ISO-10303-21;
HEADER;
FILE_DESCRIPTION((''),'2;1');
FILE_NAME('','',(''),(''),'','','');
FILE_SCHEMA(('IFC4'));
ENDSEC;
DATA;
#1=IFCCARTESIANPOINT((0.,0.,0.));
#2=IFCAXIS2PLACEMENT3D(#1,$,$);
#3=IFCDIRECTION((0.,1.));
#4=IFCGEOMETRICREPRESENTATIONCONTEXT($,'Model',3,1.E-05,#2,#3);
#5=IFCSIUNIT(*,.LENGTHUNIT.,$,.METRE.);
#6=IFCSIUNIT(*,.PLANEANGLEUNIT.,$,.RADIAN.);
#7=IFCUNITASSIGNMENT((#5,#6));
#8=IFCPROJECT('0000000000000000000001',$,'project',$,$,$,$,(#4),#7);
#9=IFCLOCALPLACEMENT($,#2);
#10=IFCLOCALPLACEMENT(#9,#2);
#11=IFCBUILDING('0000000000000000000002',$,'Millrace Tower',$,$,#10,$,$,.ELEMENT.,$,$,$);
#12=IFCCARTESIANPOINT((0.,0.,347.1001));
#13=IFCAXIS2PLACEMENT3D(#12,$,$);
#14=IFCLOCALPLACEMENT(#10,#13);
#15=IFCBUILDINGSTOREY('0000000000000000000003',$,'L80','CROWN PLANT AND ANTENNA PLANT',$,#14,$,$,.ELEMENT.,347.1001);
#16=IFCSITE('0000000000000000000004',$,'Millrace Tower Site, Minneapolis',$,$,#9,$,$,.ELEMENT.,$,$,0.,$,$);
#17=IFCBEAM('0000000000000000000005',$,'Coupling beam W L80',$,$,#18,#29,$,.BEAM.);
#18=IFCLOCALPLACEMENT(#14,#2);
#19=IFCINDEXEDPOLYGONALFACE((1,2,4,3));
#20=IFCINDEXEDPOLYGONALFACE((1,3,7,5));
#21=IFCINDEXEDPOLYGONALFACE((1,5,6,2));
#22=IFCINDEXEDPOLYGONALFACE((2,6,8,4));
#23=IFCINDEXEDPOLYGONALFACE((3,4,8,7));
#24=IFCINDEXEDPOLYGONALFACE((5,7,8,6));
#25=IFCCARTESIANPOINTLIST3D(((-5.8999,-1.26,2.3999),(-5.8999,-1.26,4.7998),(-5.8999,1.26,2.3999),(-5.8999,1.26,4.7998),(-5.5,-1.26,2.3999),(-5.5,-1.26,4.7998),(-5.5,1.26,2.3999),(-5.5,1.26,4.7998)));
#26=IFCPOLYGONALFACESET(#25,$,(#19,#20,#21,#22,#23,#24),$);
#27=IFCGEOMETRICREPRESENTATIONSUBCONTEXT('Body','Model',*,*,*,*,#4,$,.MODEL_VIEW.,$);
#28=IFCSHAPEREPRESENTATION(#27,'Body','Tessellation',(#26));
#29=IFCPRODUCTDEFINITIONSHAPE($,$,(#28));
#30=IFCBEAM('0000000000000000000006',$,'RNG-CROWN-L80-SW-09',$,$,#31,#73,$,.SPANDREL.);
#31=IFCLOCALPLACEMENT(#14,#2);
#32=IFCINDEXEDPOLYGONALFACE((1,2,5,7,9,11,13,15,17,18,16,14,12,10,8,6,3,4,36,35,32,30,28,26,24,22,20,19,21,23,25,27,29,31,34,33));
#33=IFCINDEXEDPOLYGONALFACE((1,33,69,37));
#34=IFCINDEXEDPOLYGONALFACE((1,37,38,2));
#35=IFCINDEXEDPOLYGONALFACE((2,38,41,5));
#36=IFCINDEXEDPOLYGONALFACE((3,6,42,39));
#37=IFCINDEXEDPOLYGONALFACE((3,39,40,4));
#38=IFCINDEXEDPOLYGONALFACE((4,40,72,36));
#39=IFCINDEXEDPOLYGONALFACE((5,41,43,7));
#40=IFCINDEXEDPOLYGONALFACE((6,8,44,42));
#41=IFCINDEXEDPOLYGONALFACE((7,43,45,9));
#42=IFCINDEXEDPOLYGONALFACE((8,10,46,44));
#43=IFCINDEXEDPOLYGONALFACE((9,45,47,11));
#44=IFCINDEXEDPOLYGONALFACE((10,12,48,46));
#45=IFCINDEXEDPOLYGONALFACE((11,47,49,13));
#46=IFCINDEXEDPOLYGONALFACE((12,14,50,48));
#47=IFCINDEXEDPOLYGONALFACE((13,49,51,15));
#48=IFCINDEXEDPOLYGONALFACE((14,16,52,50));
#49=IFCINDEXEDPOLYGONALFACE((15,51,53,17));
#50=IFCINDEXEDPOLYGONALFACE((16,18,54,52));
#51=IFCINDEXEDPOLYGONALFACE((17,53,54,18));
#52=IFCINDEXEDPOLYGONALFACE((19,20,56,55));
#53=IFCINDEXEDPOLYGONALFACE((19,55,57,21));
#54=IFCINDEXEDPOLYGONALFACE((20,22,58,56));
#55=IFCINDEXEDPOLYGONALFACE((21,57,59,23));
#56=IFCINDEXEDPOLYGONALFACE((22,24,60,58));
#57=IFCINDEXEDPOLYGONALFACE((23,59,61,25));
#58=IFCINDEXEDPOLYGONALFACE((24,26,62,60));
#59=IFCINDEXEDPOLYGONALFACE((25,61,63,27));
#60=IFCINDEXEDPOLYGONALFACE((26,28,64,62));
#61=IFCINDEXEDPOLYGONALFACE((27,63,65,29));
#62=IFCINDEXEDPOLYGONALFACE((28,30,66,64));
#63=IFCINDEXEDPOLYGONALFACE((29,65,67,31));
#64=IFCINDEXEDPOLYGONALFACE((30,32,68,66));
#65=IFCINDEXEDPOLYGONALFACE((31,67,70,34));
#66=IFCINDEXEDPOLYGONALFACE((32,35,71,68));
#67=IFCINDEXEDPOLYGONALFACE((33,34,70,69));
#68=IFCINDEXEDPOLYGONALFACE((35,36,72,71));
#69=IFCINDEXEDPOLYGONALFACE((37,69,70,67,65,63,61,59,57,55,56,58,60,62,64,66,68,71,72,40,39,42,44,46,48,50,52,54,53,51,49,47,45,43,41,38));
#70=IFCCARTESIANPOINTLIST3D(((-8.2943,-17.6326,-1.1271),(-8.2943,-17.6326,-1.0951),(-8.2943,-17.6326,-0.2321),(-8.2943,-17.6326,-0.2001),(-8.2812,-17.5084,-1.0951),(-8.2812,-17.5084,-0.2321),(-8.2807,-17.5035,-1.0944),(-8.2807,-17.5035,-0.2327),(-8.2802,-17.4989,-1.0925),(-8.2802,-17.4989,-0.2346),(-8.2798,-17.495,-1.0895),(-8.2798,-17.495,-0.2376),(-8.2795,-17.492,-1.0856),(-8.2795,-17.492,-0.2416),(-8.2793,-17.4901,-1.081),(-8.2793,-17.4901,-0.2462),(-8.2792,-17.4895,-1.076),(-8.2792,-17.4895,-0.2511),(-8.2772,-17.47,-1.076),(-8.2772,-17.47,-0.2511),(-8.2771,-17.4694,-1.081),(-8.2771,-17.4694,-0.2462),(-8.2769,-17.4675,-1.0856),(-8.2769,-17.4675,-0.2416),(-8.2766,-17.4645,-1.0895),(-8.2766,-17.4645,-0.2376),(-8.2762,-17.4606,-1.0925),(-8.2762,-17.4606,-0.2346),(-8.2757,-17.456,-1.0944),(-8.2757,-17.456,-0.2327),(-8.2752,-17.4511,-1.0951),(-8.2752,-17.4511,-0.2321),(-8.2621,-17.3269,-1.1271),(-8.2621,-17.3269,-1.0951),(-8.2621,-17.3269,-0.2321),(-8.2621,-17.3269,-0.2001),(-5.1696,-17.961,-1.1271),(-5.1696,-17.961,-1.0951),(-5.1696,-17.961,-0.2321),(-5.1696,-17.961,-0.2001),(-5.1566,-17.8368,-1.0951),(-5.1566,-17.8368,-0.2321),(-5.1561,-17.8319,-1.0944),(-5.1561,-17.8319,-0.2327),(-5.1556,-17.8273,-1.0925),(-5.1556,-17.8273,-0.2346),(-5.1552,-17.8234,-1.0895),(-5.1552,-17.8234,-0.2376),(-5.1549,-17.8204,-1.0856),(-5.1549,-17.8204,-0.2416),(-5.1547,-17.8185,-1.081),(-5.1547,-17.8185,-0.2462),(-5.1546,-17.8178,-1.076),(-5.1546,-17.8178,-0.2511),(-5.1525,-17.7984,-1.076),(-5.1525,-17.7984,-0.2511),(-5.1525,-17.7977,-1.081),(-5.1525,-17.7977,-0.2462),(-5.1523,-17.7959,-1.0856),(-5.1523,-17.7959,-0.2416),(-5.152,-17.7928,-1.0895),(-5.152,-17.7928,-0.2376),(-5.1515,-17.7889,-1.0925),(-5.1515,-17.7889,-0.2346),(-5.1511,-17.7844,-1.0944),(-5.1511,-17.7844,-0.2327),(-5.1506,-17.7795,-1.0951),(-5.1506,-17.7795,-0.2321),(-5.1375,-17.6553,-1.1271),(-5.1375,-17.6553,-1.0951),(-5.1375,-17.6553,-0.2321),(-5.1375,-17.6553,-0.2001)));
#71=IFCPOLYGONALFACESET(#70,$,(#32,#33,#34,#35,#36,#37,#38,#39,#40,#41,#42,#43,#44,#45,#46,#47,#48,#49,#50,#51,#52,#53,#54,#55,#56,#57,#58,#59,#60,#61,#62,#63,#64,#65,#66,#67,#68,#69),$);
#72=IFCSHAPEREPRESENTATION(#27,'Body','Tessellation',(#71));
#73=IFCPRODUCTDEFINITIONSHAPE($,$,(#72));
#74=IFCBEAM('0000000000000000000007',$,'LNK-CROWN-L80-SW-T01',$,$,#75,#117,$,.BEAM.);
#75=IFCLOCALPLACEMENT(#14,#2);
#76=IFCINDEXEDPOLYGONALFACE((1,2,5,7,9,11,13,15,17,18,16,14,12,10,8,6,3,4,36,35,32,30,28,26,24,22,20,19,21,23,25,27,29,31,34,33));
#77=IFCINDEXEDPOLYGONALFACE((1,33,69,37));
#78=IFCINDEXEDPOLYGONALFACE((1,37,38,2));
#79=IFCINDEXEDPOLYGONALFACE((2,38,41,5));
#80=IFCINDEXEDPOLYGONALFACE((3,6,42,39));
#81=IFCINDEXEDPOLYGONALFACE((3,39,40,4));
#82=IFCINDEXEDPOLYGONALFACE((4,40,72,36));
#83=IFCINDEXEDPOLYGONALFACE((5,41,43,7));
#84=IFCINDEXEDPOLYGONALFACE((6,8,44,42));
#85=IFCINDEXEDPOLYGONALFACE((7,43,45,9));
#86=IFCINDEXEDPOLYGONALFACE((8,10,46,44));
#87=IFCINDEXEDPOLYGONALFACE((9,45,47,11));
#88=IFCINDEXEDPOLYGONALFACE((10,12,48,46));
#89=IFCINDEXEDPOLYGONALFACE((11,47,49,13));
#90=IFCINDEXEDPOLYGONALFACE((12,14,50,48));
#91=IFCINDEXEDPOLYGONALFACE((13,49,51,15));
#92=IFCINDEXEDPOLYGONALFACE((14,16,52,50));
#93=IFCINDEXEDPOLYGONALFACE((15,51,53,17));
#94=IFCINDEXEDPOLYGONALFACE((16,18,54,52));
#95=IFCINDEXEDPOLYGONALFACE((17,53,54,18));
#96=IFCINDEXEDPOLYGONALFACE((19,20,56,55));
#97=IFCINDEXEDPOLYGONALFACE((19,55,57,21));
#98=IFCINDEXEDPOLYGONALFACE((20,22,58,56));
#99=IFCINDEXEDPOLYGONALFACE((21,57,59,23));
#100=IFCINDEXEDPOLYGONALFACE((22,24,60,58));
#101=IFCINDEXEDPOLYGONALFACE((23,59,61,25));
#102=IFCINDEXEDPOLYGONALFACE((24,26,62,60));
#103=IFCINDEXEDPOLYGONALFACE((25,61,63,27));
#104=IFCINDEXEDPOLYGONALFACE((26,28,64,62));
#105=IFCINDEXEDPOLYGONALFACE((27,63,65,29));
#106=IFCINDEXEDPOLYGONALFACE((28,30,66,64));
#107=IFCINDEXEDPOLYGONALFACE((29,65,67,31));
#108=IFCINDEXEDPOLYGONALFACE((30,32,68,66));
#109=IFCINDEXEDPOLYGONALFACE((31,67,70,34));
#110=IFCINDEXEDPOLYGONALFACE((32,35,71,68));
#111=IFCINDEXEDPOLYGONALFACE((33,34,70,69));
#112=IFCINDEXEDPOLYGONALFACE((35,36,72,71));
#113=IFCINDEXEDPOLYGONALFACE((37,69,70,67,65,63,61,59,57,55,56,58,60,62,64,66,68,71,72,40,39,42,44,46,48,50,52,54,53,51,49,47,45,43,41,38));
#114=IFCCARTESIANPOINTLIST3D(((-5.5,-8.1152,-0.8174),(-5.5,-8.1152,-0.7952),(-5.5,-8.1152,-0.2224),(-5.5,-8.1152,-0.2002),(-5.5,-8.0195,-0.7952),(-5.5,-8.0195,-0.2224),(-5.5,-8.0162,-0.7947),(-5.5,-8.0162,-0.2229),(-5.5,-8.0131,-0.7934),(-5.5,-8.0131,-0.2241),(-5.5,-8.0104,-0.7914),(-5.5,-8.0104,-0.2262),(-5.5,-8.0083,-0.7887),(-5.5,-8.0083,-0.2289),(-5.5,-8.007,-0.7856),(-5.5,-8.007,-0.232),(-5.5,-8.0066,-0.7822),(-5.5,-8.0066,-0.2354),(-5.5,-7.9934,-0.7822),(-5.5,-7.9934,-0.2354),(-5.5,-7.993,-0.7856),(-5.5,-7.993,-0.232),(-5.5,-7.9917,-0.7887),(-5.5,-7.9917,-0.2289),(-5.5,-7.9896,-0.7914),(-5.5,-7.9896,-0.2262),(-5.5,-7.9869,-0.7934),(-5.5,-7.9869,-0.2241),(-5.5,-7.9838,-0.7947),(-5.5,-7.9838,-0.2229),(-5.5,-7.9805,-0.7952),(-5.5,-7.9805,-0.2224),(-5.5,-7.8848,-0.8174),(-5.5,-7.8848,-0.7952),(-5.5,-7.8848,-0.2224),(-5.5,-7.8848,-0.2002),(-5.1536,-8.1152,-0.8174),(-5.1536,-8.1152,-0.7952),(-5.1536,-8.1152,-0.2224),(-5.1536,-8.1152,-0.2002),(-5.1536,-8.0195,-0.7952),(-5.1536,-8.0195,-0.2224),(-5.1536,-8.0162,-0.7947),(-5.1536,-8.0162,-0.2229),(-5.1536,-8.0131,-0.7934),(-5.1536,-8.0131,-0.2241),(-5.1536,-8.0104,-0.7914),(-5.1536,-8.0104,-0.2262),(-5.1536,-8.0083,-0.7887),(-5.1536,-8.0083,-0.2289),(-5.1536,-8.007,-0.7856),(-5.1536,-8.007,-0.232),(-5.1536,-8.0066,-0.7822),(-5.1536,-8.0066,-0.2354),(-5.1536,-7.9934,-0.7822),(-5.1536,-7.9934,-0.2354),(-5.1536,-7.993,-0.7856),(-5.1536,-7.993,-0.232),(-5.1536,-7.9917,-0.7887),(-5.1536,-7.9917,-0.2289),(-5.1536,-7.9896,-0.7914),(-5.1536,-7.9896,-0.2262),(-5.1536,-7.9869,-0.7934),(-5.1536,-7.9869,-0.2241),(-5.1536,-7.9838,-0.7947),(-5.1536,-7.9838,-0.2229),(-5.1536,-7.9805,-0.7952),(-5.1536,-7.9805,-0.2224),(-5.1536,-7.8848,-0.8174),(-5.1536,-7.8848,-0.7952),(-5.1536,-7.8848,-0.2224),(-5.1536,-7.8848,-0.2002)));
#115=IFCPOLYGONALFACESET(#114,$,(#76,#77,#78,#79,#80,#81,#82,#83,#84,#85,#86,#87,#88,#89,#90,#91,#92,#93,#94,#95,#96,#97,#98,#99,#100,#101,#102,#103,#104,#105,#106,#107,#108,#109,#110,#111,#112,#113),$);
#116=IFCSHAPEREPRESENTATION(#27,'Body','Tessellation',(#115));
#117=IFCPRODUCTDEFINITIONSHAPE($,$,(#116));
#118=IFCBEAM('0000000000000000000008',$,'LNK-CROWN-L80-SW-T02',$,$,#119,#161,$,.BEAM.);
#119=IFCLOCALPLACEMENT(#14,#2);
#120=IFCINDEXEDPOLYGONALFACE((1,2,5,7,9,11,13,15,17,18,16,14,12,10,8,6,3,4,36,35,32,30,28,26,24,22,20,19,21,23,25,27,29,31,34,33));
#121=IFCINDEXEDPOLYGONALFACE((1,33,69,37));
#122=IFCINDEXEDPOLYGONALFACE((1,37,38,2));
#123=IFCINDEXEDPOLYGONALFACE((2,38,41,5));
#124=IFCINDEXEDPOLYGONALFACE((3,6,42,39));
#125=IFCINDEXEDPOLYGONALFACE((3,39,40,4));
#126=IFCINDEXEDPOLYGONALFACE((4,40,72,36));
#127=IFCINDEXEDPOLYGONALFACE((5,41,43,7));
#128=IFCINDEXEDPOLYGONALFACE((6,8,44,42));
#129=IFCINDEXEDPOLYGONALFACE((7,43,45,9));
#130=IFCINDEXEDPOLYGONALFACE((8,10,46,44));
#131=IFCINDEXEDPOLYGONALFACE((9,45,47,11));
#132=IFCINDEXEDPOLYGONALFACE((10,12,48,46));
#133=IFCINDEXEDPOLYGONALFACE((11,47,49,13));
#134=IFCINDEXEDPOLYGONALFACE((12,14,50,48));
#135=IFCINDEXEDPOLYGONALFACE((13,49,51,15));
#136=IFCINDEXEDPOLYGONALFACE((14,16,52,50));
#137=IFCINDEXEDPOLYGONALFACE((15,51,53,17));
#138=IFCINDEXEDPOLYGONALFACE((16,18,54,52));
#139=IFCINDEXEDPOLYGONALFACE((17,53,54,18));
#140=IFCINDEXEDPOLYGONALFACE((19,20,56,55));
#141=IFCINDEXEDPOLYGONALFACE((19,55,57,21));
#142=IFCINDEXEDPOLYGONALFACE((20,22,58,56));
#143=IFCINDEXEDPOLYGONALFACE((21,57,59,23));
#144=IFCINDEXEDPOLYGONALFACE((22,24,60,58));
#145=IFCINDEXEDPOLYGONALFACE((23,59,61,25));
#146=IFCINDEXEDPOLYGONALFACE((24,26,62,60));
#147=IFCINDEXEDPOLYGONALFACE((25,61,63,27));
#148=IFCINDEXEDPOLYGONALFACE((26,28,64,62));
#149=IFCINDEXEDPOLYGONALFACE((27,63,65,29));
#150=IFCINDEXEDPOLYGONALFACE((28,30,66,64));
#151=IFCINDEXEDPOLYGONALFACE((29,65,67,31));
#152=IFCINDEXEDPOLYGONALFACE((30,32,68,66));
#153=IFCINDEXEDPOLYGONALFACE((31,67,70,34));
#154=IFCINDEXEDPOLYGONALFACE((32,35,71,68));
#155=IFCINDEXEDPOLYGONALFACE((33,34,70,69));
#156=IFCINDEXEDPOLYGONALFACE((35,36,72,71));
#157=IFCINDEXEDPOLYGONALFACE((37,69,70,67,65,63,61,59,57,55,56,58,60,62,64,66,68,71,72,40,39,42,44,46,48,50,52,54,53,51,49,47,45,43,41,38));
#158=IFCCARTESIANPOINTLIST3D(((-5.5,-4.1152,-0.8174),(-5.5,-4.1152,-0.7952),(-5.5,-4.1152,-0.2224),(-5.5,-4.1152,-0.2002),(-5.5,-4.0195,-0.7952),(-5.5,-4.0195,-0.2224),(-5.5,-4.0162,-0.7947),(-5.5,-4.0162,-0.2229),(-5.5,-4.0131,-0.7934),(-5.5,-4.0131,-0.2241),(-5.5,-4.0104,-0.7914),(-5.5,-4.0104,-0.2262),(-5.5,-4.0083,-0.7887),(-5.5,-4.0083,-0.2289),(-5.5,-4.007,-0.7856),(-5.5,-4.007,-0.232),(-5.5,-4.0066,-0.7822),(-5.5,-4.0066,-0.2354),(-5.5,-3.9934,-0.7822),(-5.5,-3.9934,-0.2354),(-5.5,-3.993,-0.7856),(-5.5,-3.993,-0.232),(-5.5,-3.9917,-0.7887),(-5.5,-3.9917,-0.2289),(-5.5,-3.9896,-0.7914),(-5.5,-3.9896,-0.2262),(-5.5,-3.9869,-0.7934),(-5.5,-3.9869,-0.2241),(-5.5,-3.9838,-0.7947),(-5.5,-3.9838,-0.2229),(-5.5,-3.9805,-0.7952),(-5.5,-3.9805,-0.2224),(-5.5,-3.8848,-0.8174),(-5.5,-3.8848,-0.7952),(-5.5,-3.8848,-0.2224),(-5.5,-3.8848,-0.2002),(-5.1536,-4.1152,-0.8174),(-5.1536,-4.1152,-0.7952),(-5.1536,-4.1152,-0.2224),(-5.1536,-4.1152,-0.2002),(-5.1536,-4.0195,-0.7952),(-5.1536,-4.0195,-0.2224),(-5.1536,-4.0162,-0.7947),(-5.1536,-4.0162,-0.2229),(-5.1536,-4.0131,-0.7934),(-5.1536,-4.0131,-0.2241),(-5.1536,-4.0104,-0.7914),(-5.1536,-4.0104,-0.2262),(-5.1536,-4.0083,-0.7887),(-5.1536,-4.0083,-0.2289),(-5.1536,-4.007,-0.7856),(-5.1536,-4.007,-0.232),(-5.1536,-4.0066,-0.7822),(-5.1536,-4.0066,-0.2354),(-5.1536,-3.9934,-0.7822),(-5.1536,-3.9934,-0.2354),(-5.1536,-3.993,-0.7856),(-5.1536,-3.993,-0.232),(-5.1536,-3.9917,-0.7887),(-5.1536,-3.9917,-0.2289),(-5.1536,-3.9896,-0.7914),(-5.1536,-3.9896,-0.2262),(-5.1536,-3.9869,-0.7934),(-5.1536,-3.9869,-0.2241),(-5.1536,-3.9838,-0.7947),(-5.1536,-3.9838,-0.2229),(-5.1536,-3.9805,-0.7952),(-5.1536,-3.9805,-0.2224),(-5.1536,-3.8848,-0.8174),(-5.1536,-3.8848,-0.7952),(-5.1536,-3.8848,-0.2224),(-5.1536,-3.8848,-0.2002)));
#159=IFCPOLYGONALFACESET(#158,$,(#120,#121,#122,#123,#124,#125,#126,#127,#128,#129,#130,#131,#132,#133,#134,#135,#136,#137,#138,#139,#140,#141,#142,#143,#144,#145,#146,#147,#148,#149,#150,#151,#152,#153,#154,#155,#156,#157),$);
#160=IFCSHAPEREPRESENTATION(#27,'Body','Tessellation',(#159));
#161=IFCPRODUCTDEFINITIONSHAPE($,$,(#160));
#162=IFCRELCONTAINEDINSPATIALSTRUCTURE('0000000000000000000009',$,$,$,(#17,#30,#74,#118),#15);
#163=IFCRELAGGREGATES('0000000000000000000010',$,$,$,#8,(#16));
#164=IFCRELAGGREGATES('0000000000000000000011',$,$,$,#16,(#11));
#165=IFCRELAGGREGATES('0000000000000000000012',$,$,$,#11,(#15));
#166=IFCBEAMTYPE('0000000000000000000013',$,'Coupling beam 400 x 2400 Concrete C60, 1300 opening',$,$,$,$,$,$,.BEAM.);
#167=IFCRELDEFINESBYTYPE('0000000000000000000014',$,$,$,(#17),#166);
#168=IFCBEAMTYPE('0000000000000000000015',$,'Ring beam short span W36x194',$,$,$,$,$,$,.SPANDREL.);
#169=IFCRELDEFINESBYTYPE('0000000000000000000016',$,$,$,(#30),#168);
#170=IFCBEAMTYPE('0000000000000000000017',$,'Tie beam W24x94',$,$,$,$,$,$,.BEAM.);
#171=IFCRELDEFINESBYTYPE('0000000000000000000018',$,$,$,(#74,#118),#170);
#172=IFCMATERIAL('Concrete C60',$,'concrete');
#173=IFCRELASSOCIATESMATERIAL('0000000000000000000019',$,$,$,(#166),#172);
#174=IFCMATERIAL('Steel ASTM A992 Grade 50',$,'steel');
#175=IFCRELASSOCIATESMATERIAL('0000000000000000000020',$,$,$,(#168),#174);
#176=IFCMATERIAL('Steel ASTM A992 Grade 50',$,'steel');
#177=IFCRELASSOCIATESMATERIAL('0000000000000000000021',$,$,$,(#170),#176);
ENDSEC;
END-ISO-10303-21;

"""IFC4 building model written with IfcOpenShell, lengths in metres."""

from ifc_helpers import new_model, si_unit, direction, frame, origin, origin_2d, place, context, subcontext, project, spatial, rectangle, i_section, extrude, material, material_profile, profile_set, type_object, element, save


model = new_model("IFC4")

# Units and contexts
model_context = context("Model", 3, precision=1e-05, world=origin(), true_north=direction((0.0, 1.0)))
body_context = subcontext(model_context, "Body", "Model", "MODEL_VIEW")
ifc_project = project(units=[si_unit("LENGTHUNIT", "METRE"), si_unit("PLANEANGLEUNIT", "RADIAN")], contexts=[model_context])

# Site, building, storey
site_placement = place(None, origin())
site = spatial("IfcSite", under=ifc_project, at=site_placement, Name="Millrace Tower Site, Minneapolis", CompositionType="ELEMENT", RefElevation=0.0)
building_placement = place(site_placement, origin())
building = spatial("IfcBuilding", under=site, at=building_placement, Name="Millrace Tower", CompositionType="ELEMENT")
storey_placement = place(building_placement, frame((0.0, 0.0, 347.1001)))
storey = spatial("IfcBuildingStorey", under=building, at=storey_placement, Name="L80", Description="CROWN PLANT AND ANTENNA PLANT", CompositionType="ELEMENT", Elevation=347.1001)

# Beams
ifc_material_1 = material(Name="Concrete C60", Category="concrete")
ifc_material_profile_1 = material_profile(ifc_material_1, rectangle(XDim=0.3999, YDim=2.3999, at=origin_2d()))
ifc_profile_set_1 = profile_set([ifc_material_profile_1], Name="Concrete C60")
beam_type_1 = type_object("IfcBeamType", Name="Coupling beam 400 x 2400 Concrete C60, 1300 opening", PredefinedType="BEAM", material=ifc_profile_set_1)
beam_1_placement = place(storey_placement, frame((-5.7, -1.26, 3.5999), z_axis=(0.0, 1.0, 0.0), x_axis=(-1.0, 0.0, 0.0)))
element("IfcBeam", 1, at=beam_1_placement, inside=storey, type_object=beam_type_1, Name="Coupling beam W L80", PredefinedType="BEAM", context=body_context, shape_type="SweptSolid", body=[
    extrude(rectangle(XDim=0.3999, YDim=2.3999, at=origin_2d()), origin(), (0.0, 0.0, 1.0), 2.52),
])
ifc_material_2 = material(Name="Steel ASTM A992 Grade 50", Category="steel")
ifc_material_profile_2 = material_profile(ifc_material_2, i_section(OverallWidth=0.3074, OverallDepth=0.927, WebThickness=0.0195, FlangeThickness=0.032, FilletRadius=0.019, at=origin_2d()))
ifc_profile_set_2 = profile_set([ifc_material_profile_2], Name="Steel ASTM A992 Grade 50")
beam_type_2 = type_object("IfcBeamType", Name="Ring beam short span W36x194", PredefinedType="SPANDREL", material=ifc_profile_set_2)
beam_2_placement = place(storey_placement, frame((-5.1536, -17.8081, -0.6636), z_axis=(-0.994524, 0.104511, 0.0), x_axis=(-0.104511, -0.994524, 0.0)))
element("IfcBeam", 2, at=beam_2_placement, inside=storey, type_object=beam_type_2, Name="RNG-CROWN-L80-SW-09", PredefinedType="SPANDREL", context=body_context, shape_type="SweptSolid", body=[
    extrude(i_section(OverallWidth=0.3074, OverallDepth=0.927, WebThickness=0.0195, FlangeThickness=0.032, FilletRadius=0.019, at=origin_2d()), origin(), (0.0, 0.0, 1.0), 3.1418),
])
ifc_material_3 = material(Name="Steel ASTM A992 Grade 50", Category="steel")
ifc_material_profile_3 = material_profile(ifc_material_3, i_section(OverallWidth=0.2305, OverallDepth=0.6172, WebThickness=0.0132, FlangeThickness=0.0222, FilletRadius=0.0129, at=origin_2d()))
ifc_profile_set_3 = profile_set([ifc_material_profile_3], Name="Steel ASTM A992 Grade 50")
beam_type_3 = type_object("IfcBeamType", Name="Tie beam W24x94", PredefinedType="BEAM", material=ifc_profile_set_3)
for number, where, z_axis, x_axis, name in (
    (3, (-5.1536, -8.0, -0.5088), (-1.0, 0.0, 0.0), (0.0, -1.0, 0.0), "LNK-CROWN-L80-SW-T01"),
    (4, (-5.1536, -4.0, -0.5088), (-1.0, 0.0, 0.0), (0.0, -1.0, 0.0), "LNK-CROWN-L80-SW-T02"),
):
    element("IfcBeam", number, at=place(storey_placement, frame(where, z_axis=z_axis, x_axis=x_axis)), inside=storey, type_object=beam_type_3, Name=name, PredefinedType="BEAM", context=body_context, shape_type="SweptSolid", body=[
        extrude(i_section(OverallWidth=0.2305, OverallDepth=0.6172, WebThickness=0.0132, FlangeThickness=0.0222, FilletRadius=0.0129, at=origin_2d()), origin(), (0.0, 0.0, 1.0), 0.3464),
    ])

save(model, "model.ifc")
